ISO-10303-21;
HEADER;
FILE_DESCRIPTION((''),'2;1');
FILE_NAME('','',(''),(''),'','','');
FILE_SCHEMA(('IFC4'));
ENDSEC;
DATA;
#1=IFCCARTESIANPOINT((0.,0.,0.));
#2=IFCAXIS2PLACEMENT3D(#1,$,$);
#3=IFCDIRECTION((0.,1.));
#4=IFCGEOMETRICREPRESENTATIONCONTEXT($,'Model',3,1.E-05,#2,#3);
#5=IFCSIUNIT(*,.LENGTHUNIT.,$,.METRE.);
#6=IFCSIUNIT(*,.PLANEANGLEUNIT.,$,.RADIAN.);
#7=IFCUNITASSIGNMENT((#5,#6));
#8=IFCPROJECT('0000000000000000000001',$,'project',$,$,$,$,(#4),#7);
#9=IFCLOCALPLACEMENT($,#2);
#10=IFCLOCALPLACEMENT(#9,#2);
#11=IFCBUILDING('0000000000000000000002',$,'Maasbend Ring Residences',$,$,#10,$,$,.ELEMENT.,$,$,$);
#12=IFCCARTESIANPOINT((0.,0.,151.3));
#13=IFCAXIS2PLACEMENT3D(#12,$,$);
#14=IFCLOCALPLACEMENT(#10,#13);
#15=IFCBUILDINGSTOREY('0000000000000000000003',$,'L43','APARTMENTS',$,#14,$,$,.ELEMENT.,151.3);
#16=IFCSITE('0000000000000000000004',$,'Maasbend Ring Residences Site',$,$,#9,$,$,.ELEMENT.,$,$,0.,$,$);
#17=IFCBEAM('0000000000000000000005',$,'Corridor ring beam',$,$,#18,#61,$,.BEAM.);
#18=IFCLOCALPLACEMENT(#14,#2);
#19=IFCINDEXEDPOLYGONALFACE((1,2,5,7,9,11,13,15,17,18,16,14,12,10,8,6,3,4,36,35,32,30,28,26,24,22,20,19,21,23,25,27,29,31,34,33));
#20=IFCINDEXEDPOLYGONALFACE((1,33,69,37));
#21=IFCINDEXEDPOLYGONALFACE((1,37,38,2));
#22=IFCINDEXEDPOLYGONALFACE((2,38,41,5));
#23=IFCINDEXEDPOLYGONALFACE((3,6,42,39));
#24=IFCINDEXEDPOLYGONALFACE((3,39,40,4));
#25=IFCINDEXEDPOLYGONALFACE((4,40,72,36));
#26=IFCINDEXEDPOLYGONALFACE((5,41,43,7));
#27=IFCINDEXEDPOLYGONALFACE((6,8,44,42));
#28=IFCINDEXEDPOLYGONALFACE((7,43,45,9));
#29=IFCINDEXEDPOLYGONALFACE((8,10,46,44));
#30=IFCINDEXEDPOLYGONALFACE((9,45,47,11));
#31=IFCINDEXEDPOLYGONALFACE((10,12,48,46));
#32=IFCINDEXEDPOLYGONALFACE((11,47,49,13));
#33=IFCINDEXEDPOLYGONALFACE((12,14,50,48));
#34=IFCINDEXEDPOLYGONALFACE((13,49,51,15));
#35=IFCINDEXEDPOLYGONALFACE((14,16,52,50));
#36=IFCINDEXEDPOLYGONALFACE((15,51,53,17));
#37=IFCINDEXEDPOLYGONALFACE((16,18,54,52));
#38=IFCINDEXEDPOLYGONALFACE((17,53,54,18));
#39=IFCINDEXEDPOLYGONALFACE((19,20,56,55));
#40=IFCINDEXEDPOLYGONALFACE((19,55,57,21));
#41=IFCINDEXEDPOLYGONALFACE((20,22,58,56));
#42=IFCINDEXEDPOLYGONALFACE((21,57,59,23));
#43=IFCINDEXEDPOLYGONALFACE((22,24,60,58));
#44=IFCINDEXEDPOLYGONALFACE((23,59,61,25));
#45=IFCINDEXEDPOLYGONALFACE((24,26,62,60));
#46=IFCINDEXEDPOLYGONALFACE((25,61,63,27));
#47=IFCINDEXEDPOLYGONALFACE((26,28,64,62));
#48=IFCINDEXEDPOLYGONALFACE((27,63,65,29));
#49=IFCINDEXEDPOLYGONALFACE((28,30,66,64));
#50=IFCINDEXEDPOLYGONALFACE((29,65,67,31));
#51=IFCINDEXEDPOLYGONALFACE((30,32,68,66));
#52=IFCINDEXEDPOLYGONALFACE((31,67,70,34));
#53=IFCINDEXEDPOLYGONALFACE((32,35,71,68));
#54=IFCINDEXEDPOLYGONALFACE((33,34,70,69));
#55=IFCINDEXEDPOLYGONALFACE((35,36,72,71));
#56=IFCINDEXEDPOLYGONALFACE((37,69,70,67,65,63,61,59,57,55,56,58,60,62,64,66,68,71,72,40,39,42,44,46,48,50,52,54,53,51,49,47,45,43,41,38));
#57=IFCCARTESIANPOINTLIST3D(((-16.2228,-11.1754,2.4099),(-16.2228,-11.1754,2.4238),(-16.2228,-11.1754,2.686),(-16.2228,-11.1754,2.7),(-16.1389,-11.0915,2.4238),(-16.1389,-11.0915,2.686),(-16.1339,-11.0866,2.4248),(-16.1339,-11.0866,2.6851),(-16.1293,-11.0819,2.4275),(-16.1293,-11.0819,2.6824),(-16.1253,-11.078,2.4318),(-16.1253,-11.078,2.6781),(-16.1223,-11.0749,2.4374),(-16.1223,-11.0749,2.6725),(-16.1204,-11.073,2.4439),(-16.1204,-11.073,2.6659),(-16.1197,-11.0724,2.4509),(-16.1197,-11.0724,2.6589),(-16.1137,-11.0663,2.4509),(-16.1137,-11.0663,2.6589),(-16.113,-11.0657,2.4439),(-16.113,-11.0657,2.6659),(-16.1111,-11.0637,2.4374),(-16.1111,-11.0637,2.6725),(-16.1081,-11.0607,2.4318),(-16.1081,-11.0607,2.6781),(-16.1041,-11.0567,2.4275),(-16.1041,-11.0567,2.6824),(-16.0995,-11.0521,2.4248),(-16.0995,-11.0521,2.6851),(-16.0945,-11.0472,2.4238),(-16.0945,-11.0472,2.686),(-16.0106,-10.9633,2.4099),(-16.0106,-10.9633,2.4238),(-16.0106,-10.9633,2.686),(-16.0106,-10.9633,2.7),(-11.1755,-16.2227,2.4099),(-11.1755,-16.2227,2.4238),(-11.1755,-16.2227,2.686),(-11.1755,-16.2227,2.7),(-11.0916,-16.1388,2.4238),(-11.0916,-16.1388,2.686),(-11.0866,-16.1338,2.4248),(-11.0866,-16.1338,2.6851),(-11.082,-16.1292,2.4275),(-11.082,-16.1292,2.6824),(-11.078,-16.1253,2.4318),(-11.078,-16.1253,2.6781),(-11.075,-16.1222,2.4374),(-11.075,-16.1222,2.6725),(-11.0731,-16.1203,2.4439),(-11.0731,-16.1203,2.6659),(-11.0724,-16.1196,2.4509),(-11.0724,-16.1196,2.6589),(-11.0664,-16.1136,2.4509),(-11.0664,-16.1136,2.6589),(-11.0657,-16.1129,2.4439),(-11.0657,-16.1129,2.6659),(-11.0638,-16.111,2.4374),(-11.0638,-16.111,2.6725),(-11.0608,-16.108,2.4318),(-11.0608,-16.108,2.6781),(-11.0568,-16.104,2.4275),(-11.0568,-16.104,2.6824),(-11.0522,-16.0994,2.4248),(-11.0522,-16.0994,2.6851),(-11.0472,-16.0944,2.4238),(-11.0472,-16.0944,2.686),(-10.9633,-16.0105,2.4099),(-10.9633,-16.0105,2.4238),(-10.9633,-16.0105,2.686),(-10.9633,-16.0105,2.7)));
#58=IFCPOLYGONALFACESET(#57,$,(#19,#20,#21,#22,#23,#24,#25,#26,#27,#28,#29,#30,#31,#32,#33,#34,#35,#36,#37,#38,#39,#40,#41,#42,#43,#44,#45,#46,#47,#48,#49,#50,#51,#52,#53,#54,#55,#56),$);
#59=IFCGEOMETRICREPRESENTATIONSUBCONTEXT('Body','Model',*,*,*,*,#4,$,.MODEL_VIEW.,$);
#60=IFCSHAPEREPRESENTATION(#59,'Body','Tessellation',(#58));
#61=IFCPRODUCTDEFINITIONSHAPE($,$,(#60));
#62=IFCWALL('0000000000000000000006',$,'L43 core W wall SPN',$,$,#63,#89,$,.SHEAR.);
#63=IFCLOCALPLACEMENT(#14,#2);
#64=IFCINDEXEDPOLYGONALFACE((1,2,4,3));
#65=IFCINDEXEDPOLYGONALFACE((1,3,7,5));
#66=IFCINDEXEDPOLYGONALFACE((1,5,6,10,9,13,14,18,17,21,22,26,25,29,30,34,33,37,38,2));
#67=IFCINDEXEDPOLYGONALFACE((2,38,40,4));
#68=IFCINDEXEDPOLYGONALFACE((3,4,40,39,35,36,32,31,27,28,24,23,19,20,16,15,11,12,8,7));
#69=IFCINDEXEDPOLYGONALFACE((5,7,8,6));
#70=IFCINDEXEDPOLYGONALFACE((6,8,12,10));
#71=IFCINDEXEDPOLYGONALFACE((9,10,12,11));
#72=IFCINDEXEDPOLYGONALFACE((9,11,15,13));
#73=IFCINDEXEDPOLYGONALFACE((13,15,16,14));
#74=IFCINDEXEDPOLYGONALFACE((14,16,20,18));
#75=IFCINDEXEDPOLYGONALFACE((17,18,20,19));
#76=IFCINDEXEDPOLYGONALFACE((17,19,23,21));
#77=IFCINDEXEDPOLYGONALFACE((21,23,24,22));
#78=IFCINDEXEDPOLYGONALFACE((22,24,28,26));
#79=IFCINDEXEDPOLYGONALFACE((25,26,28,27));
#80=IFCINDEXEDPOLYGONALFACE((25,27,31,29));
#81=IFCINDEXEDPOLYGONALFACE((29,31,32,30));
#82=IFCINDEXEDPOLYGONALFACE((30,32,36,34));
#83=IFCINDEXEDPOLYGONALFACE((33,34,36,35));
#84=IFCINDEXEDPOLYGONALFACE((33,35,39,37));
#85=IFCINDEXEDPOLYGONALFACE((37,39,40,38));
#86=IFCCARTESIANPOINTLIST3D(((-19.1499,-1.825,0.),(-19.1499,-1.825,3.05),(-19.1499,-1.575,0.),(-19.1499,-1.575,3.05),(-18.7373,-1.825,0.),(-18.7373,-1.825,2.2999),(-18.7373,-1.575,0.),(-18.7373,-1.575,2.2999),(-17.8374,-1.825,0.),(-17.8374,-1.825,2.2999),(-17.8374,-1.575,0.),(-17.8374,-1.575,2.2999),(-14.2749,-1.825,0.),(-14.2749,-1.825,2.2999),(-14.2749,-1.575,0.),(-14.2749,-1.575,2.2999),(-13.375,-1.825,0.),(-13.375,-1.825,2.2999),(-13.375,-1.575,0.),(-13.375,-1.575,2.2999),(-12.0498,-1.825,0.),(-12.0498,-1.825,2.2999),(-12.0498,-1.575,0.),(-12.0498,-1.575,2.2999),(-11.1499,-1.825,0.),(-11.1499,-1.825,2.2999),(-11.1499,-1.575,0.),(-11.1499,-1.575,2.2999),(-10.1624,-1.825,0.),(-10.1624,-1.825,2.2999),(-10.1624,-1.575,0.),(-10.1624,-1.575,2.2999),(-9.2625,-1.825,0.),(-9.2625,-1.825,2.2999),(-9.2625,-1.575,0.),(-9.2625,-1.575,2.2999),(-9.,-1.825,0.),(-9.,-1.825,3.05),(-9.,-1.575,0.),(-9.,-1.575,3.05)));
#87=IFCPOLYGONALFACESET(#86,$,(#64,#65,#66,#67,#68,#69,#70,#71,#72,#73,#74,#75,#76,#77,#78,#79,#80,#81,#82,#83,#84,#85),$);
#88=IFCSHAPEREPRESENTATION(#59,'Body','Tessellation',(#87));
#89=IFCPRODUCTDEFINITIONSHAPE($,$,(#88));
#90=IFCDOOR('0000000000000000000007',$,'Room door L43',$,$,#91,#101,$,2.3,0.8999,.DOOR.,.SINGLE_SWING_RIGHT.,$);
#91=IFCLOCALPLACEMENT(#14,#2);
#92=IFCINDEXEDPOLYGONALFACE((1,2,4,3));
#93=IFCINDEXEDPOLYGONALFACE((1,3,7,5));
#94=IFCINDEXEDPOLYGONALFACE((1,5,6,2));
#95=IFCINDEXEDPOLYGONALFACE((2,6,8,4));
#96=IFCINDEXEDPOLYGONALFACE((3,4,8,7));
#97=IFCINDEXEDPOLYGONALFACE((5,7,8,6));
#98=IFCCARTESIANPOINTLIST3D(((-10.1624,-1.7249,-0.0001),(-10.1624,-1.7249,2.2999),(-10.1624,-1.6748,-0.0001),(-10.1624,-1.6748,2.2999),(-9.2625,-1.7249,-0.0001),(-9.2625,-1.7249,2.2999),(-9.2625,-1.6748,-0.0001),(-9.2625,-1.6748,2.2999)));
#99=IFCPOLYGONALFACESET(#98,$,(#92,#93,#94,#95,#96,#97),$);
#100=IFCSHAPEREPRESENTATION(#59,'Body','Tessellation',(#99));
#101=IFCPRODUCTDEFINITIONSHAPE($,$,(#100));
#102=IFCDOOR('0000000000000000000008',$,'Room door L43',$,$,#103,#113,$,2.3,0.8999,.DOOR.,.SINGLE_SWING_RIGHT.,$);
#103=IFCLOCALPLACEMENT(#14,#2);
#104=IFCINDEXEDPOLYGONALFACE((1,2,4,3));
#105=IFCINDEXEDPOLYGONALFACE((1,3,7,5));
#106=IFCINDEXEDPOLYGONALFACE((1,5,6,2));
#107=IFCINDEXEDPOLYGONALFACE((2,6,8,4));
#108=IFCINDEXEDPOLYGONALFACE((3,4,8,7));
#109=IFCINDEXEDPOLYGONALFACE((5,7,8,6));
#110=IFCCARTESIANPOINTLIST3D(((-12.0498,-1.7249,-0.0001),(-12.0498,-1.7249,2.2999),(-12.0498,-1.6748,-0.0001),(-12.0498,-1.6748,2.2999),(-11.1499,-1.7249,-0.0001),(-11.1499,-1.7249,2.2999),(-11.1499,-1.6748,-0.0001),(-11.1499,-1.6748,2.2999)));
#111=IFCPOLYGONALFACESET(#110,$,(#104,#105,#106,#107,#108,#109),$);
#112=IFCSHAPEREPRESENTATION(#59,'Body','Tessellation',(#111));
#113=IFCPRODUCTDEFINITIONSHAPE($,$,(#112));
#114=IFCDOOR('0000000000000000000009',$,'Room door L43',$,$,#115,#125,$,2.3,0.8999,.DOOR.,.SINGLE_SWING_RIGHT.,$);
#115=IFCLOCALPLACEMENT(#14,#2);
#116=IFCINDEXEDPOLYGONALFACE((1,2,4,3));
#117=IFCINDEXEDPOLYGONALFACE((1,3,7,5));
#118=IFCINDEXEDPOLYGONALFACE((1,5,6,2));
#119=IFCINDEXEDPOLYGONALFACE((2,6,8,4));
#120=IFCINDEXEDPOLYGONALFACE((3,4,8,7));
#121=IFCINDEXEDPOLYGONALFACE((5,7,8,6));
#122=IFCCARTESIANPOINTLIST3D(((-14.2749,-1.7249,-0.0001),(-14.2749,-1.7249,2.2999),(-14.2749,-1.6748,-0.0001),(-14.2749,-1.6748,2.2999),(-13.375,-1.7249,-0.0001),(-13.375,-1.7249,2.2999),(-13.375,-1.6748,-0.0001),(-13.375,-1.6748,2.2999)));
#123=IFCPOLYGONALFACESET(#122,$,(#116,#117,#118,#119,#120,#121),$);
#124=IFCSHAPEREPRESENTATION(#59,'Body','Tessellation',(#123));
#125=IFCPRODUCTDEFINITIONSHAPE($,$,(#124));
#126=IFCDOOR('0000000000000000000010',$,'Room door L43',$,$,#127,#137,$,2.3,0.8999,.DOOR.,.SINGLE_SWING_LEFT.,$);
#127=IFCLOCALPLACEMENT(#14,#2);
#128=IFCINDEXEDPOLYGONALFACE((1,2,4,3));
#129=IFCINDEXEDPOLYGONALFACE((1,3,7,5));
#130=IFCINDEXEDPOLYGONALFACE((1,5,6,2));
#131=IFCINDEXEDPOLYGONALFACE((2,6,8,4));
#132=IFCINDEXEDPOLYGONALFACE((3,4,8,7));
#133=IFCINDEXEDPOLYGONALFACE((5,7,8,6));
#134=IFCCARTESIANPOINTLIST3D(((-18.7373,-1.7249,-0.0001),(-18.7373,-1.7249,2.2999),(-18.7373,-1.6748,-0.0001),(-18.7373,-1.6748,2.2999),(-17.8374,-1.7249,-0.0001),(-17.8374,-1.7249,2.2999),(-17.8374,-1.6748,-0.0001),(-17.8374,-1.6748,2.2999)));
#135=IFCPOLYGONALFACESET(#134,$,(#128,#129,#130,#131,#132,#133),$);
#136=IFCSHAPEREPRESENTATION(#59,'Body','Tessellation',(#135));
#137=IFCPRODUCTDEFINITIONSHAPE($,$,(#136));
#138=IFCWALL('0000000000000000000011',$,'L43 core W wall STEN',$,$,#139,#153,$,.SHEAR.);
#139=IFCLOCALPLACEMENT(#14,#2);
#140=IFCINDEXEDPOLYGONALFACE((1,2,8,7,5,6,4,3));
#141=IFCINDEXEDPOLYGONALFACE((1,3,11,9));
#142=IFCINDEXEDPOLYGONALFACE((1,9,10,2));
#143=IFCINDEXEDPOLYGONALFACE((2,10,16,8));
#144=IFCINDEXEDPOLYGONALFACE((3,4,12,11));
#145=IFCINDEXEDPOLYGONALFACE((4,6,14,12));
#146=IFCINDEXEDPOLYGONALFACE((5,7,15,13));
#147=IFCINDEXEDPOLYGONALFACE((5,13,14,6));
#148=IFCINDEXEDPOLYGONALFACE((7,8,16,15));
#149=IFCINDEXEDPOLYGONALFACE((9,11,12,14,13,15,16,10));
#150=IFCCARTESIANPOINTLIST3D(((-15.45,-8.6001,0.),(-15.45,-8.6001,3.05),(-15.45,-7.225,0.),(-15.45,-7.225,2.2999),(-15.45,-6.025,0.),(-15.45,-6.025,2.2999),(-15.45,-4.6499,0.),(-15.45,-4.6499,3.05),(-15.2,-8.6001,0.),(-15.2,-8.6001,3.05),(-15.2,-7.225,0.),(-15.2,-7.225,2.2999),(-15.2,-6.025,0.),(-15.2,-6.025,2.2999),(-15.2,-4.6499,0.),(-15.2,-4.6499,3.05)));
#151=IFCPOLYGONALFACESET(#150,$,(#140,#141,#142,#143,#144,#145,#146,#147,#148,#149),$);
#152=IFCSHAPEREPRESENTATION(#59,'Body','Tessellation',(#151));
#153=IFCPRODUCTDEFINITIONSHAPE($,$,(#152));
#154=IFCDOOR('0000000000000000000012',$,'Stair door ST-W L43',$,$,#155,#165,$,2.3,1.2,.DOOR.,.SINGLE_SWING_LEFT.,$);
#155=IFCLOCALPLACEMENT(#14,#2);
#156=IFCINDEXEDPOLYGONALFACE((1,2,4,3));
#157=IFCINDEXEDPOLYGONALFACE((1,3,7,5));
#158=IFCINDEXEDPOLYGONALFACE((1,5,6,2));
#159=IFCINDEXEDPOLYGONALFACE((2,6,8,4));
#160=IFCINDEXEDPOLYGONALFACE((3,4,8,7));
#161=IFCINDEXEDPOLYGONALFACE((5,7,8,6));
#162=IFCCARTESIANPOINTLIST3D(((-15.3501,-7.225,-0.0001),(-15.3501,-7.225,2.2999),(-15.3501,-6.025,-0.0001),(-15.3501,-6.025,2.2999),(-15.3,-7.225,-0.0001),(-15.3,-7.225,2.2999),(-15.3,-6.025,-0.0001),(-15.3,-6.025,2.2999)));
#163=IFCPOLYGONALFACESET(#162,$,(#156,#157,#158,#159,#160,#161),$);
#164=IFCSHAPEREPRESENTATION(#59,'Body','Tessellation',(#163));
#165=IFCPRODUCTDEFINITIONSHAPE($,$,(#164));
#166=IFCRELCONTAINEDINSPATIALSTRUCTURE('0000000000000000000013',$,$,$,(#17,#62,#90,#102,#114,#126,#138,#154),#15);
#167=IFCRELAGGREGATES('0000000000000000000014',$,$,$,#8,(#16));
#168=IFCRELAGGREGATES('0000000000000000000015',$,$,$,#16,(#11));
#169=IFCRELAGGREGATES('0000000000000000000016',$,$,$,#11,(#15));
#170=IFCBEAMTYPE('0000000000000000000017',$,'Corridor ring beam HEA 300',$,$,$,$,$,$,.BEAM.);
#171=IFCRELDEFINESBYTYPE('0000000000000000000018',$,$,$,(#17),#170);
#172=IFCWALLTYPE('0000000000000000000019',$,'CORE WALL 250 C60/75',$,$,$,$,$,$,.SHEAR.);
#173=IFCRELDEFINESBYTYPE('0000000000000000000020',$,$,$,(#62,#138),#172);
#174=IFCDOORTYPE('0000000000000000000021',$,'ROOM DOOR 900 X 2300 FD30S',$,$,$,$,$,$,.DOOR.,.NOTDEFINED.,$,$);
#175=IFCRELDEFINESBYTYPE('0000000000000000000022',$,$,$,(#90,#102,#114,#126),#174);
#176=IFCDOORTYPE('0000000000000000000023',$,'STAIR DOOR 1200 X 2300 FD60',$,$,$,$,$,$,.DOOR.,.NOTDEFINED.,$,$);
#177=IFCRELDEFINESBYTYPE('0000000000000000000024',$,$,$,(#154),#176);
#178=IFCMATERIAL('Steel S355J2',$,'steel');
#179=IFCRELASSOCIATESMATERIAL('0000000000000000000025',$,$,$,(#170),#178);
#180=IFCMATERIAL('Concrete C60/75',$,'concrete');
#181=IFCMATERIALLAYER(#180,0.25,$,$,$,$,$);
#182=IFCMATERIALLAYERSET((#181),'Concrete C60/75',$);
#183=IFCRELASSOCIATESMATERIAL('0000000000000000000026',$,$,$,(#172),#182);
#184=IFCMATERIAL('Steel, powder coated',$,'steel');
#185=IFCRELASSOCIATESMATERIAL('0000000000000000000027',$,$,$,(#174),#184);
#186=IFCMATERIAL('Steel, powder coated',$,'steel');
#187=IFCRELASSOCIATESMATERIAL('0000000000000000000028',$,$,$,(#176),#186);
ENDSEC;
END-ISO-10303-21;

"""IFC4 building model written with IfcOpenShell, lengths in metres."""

from ifc_helpers import new_model, si_unit, direction, frame, frame_2d, origin, origin_2d, place, context, subcontext, project, spatial, rectangle, i_section, extrude, material, layer, layer_set, material_profile, profile_set, type_object, element, fill, save


model = new_model("IFC4")

# Units and contexts
model_context = context("Model", 3, precision=1e-05, world=origin(), true_north=direction((0.0, 1.0)))
body_context = subcontext(model_context, "Body", "Model", "MODEL_VIEW")
ifc_project = project(units=[si_unit("LENGTHUNIT", "METRE"), si_unit("PLANEANGLEUNIT", "RADIAN")], contexts=[model_context])

# Site, building, storey
site_placement = place(None, origin())
site = spatial("IfcSite", under=ifc_project, at=site_placement, Name="Maasbend Ring Residences Site", CompositionType="ELEMENT", RefElevation=0.0)
building_placement = place(site_placement, origin())
building = spatial("IfcBuilding", under=site, at=building_placement, Name="Maasbend Ring Residences", CompositionType="ELEMENT")
storey_placement = place(building_placement, frame((0.0, 0.0, 151.3)))
storey = spatial("IfcBuildingStorey", under=building, at=storey_placement, Name="L43", Description="APARTMENTS", CompositionType="ELEMENT", Elevation=151.3)

# Beam
ifc_material_1 = material(Name="Steel S355J2", Category="steel")
ifc_material_profile = material_profile(ifc_material_1, i_section(OverallWidth=0.3, OverallDepth=0.29, WebThickness=0.0085, FlangeThickness=0.0139, FilletRadius=0.0271, at=origin_2d()), Name="HEA 300")
ifc_profile_set = profile_set([ifc_material_profile], Name="Steel S355J2")
beam_type = type_object("IfcBeamType", Name="Corridor ring beam HEA 300", PredefinedType="BEAM", material=ifc_profile_set)
beam_placement = place(storey_placement, frame((-16.1167, -11.0693, 2.5549), z_axis=(0.707107, -0.707107, 0.0), x_axis=(0.707107, 0.707107, 0.0)))
element("IfcBeam", 1, at=beam_placement, inside=storey, type_object=beam_type, Name="Corridor ring beam", PredefinedType="BEAM", context=body_context, shape_type="SweptSolid", body=[
    extrude(i_section(OverallWidth=0.3, OverallDepth=0.29, WebThickness=0.0085, FlangeThickness=0.0139, FilletRadius=0.0271, at=origin_2d()), origin(), (0.0, 0.0, 1.0), 7.1379),
])

# Wall, openings, doors
ifc_material_2 = material(Name="Concrete C60/75", Category="concrete")
ifc_layer_1 = layer(ifc_material_2, 0.25)
ifc_layer_set_1 = layer_set([ifc_layer_1], Name="Concrete C60/75")
wall_type_1 = type_object("IfcWallType", Name="CORE WALL 250 C60/75", PredefinedType="SHEAR", material=ifc_layer_set_1)
wall_1_placement = place(storey_placement, frame((-9.0, -1.7, 0.0), z_axis=(0.0, 0.0, 1.0), x_axis=(-1.0, 0.0, 0.0)))
wall_1 = element("IfcWall", 2, at=wall_1_placement, inside=storey, type_object=wall_type_1, Name="L43 core W wall SPN", PredefinedType="SHEAR", context=body_context, shape_type="SweptSolid", body=[
    extrude(rectangle(XDim=10.1499, YDim=0.25, at=frame_2d((5.075, 0.0))), origin(), (0.0, 0.0, 1.0), 3.05),
])
opening_1_placement = place(wall_1_placement, frame((0.2625, 0.0, 0.0)))
opening_1 = element("IfcOpeningElement", 3, at=opening_1_placement, cuts=wall_1, PredefinedType="OPENING", context=body_context, shape_type="SweptSolid", body=[
    extrude(rectangle(XDim=0.8999, YDim=2.3, at=frame_2d((0.45, 1.1499))), frame((0.0, 0.135, 0.0), z_axis=(0.0, -1.0, 0.0), x_axis=(1.0, 0.0, 0.0)), (0.0, 0.0, 1.0), 0.27),
])
opening_2_placement = place(wall_1_placement, frame((2.1499, 0.0, 0.0)))
opening_2 = element("IfcOpeningElement", 4, at=opening_2_placement, cuts=wall_1, PredefinedType="OPENING", context=body_context, shape_type="SweptSolid", body=[
    extrude(rectangle(XDim=0.8999, YDim=2.3, at=frame_2d((0.45, 1.1499))), frame((0.0, 0.135, 0.0), z_axis=(0.0, -1.0, 0.0), x_axis=(1.0, 0.0, 0.0)), (0.0, 0.0, 1.0), 0.27),
])
opening_3_placement = place(wall_1_placement, frame((4.375, 0.0, 0.0)))
opening_3 = element("IfcOpeningElement", 5, at=opening_3_placement, cuts=wall_1, PredefinedType="OPENING", context=body_context, shape_type="SweptSolid", body=[
    extrude(rectangle(XDim=0.8999, YDim=2.3, at=frame_2d((0.45, 1.1499))), frame((0.0, 0.135, 0.0), z_axis=(0.0, -1.0, 0.0), x_axis=(1.0, 0.0, 0.0)), (0.0, 0.0, 1.0), 0.27),
])
opening_4_placement = place(wall_1_placement, frame((8.8374, 0.0, 0.0)))
opening_4 = element("IfcOpeningElement", 6, at=opening_4_placement, cuts=wall_1, PredefinedType="OPENING", context=body_context, shape_type="SweptSolid", body=[
    extrude(rectangle(XDim=0.8999, YDim=2.3, at=frame_2d((0.45, 1.1499))), frame((0.0, 0.135, 0.0), z_axis=(0.0, -1.0, 0.0), x_axis=(1.0, 0.0, 0.0)), (0.0, 0.0, 1.0), 0.27),
])
ifc_material_3 = material(Name="Steel, powder coated", Category="steel")
door_type_1 = type_object("IfcDoorType", Name="ROOM DOOR 900 X 2300 FD30S", OperationType="NOTDEFINED", PredefinedType="DOOR", material=ifc_material_3)
door_1_placement = place(opening_1_placement, origin())
door_1 = element("IfcDoor", 7, at=door_1_placement, inside=storey, type_object=door_type_1, Name="Room door L43", OperationType="SINGLE_SWING_RIGHT", OverallHeight=2.3, OverallWidth=0.8999, PredefinedType="DOOR", context=body_context, shape_type="SweptSolid", body=[
    extrude(rectangle(XDim=0.8999, YDim=2.3, at=frame_2d((0.45, 1.1499))), frame((0.0, 0.0249, 0.0), z_axis=(0.0, -1.0, 0.0), x_axis=(1.0, 0.0, 0.0)), (0.0, 0.0, 1.0), 0.05),
])
fill(opening_1, door_1)
door_2_placement = place(opening_2_placement, origin())
door_2 = element("IfcDoor", 8, at=door_2_placement, inside=storey, type_object=door_type_1, Name="Room door L43", OperationType="SINGLE_SWING_RIGHT", OverallHeight=2.3, OverallWidth=0.8999, PredefinedType="DOOR", context=body_context, shape_type="SweptSolid", body=[
    extrude(rectangle(XDim=0.8999, YDim=2.3, at=frame_2d((0.45, 1.1499))), frame((0.0, 0.0249, 0.0), z_axis=(0.0, -1.0, 0.0), x_axis=(1.0, 0.0, 0.0)), (0.0, 0.0, 1.0), 0.05),
])
fill(opening_2, door_2)
door_3_placement = place(opening_3_placement, origin())
door_3 = element("IfcDoor", 9, at=door_3_placement, inside=storey, type_object=door_type_1, Name="Room door L43", OperationType="SINGLE_SWING_RIGHT", OverallHeight=2.3, OverallWidth=0.8999, PredefinedType="DOOR", context=body_context, shape_type="SweptSolid", body=[
    extrude(rectangle(XDim=0.8999, YDim=2.3, at=frame_2d((0.45, 1.1499))), frame((0.0, 0.0249, 0.0), z_axis=(0.0, -1.0, 0.0), x_axis=(1.0, 0.0, 0.0)), (0.0, 0.0, 1.0), 0.05),
])
fill(opening_3, door_3)
door_4_placement = place(opening_4_placement, origin())
door_4 = element("IfcDoor", 10, at=door_4_placement, inside=storey, type_object=door_type_1, Name="Room door L43", OperationType="SINGLE_SWING_LEFT", OverallHeight=2.3, OverallWidth=0.8999, PredefinedType="DOOR", context=body_context, shape_type="SweptSolid", body=[
    extrude(rectangle(XDim=0.8999, YDim=2.3, at=frame_2d((0.45, 1.1499))), frame((0.0, 0.0249, 0.0), z_axis=(0.0, -1.0, 0.0), x_axis=(1.0, 0.0, 0.0)), (0.0, 0.0, 1.0), 0.05),
])
fill(opening_4, door_4)

# Wall, opening, door
wall_2_placement = place(storey_placement, frame((-15.325, -4.6499, 0.0), z_axis=(0.0, 0.0, 1.0), x_axis=(0.0, -1.0, 0.0)))
wall_2 = element("IfcWall", 11, at=wall_2_placement, inside=storey, type_object=wall_type_1, Name="L43 core W wall STEN", PredefinedType="SHEAR", context=body_context, shape_type="SweptSolid", body=[
    extrude(rectangle(XDim=3.9502, YDim=0.25, at=frame_2d((1.9751, 0.0))), origin(), (0.0, 0.0, 1.0), 3.05),
])
opening_5_placement = place(wall_2_placement, frame((1.375, 0.0, 0.0)))
opening_5 = element("IfcOpeningElement", 12, at=opening_5_placement, cuts=wall_2, PredefinedType="OPENING", context=body_context, shape_type="SweptSolid", body=[
    extrude(rectangle(XDim=1.2, YDim=2.3, at=frame_2d((0.6001, 1.1499))), frame((0.0, 0.135, 0.0), z_axis=(0.0, -1.0, 0.0), x_axis=(1.0, 0.0, 0.0)), (0.0, 0.0, 1.0), 0.27),
])
ifc_material_4 = material(Name="Steel, powder coated", Category="steel")
door_type_2 = type_object("IfcDoorType", Name="STAIR DOOR 1200 X 2300 FD60", OperationType="NOTDEFINED", PredefinedType="DOOR", material=ifc_material_4)
door_5_placement = place(opening_5_placement, origin())
door_5 = element("IfcDoor", 13, at=door_5_placement, inside=storey, type_object=door_type_2, Name="Stair door ST-W L43", OperationType="SINGLE_SWING_LEFT", OverallHeight=2.3, OverallWidth=1.2, PredefinedType="DOOR", context=body_context, shape_type="SweptSolid", body=[
    extrude(rectangle(XDim=1.2, YDim=2.3, at=frame_2d((0.6001, 1.1499))), frame((0.0, 0.0249, 0.0), z_axis=(0.0, -1.0, 0.0), x_axis=(1.0, 0.0, 0.0)), (0.0, 0.0, 1.0), 0.05),
])
fill(opening_5, door_5)

save(model, "model.ifc")
